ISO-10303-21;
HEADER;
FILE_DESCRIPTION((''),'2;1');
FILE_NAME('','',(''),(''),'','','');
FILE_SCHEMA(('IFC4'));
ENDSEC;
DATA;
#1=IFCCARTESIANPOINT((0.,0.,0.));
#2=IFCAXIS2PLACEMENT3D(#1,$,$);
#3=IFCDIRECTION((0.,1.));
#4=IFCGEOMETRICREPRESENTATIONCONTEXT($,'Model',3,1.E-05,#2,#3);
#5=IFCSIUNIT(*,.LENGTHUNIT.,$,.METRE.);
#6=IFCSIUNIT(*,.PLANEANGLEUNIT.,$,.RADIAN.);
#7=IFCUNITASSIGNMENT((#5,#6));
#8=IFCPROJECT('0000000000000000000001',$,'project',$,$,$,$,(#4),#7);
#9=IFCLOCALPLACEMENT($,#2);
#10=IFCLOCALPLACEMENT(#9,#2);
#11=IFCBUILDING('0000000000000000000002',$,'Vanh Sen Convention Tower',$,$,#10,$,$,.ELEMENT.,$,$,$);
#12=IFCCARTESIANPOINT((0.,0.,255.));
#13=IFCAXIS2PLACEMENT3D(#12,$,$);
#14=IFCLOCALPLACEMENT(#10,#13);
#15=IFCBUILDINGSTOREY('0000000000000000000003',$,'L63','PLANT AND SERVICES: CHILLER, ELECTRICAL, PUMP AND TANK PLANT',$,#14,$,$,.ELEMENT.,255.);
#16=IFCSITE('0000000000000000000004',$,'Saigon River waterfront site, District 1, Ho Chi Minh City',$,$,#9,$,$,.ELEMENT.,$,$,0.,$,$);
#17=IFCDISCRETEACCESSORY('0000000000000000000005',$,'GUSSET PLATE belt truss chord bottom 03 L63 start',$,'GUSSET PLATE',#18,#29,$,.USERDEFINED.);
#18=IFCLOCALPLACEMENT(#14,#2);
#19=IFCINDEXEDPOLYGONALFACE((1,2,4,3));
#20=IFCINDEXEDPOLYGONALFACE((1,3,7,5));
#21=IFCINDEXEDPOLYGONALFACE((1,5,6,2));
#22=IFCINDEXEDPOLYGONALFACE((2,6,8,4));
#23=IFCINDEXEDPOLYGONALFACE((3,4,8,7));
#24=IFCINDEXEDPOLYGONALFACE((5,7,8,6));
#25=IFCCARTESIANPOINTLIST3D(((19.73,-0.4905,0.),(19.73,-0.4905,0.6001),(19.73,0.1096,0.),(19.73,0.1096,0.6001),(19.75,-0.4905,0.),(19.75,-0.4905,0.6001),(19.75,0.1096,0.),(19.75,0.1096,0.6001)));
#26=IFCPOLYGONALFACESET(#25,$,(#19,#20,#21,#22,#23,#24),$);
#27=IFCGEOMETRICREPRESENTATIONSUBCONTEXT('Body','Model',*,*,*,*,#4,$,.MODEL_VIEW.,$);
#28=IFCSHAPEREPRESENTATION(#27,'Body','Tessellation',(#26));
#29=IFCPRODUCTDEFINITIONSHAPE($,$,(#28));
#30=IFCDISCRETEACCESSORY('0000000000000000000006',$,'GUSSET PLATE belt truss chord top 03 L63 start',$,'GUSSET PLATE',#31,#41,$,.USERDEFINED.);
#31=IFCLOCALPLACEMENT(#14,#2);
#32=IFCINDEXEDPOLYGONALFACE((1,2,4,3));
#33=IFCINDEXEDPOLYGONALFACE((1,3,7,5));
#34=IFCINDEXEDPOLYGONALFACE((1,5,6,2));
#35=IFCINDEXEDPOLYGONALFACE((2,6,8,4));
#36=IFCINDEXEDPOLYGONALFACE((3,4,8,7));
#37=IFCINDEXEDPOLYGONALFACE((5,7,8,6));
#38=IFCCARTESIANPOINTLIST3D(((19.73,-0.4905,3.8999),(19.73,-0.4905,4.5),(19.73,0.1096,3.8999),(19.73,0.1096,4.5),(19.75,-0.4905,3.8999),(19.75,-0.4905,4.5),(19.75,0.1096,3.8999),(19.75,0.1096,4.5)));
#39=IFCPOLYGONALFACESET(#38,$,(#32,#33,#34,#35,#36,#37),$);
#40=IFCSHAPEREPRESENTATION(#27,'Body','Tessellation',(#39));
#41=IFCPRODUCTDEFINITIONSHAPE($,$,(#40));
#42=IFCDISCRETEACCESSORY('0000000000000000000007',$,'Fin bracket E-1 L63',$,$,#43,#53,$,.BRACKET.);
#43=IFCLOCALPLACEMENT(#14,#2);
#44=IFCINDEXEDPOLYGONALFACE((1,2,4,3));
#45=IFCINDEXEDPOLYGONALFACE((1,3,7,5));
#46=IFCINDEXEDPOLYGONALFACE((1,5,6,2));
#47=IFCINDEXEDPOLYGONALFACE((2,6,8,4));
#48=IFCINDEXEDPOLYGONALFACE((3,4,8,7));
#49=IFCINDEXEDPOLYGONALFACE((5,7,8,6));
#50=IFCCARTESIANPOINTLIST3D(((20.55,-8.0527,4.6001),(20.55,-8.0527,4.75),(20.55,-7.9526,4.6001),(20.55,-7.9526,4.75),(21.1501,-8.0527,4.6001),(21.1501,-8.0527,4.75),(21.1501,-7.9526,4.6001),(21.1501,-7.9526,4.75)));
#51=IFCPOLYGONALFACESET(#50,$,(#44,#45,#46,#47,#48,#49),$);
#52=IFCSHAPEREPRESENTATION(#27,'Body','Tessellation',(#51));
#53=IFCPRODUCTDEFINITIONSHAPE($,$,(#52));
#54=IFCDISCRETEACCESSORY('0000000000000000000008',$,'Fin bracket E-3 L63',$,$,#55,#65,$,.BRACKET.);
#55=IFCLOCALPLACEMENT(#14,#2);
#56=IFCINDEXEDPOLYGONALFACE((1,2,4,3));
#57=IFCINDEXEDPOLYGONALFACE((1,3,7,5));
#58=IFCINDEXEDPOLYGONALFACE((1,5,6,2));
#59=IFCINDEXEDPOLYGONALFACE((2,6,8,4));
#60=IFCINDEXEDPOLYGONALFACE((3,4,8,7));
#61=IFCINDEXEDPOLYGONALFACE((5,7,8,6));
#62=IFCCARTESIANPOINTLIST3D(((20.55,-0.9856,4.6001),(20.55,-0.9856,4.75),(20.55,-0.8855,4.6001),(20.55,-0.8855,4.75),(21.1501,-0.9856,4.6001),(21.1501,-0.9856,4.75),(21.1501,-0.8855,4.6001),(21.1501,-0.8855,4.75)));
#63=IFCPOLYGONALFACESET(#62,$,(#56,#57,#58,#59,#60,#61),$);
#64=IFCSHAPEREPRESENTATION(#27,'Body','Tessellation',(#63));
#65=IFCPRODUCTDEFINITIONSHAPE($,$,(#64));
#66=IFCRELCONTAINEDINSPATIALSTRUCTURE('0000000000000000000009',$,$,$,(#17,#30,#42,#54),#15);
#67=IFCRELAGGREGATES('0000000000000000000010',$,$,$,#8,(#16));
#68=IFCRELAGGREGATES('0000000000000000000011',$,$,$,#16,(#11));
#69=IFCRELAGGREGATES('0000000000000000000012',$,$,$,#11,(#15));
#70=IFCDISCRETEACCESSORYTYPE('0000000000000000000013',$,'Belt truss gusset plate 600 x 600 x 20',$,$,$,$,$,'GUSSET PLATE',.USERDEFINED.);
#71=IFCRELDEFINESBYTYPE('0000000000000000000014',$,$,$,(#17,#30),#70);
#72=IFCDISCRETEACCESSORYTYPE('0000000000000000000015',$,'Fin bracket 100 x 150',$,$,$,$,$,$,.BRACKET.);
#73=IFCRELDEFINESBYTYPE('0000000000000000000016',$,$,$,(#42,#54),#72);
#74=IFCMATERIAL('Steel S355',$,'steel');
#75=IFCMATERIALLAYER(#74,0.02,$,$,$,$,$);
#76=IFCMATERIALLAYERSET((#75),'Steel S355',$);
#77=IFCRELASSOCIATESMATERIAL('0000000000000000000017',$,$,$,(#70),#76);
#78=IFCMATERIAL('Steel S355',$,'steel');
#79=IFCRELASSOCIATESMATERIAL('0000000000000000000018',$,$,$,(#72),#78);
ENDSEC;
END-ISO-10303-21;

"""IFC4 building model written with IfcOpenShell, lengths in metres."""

from ifc_helpers import new_model, si_unit, direction, frame, origin, origin_2d, place, context, subcontext, project, spatial, rectangle, extrude, material, layer, layer_set, type_object, element, save


model = new_model("IFC4")

# Units and contexts
model_context = context("Model", 3, precision=1e-05, world=origin(), true_north=direction((0.0, 1.0)))
body_context = subcontext(model_context, "Body", "Model", "MODEL_VIEW")
ifc_project = project(units=[si_unit("LENGTHUNIT", "METRE"), si_unit("PLANEANGLEUNIT", "RADIAN")], contexts=[model_context])

# Site, building, storey
site_placement = place(None, origin())
site = spatial("IfcSite", under=ifc_project, at=site_placement, Name="Saigon River waterfront site, District 1, Ho Chi Minh City", CompositionType="ELEMENT", RefElevation=0.0)
building_placement = place(site_placement, origin())
building = spatial("IfcBuilding", under=site, at=building_placement, Name="Vanh Sen Convention Tower", CompositionType="ELEMENT")
storey_placement = place(building_placement, frame((0.0, 0.0, 255.0)))
storey = spatial("IfcBuildingStorey", under=building, at=storey_placement, Name="L63", Description="PLANT AND SERVICES: CHILLER, ELECTRICAL, PUMP AND TANK PLANT", CompositionType="ELEMENT", Elevation=255.0)

# Shared definitions
ifc_material_1 = material(Name="Steel S355", Category="steel")

# Discrete accessories
ifc_layer_1 = layer(ifc_material_1, 0.02)
ifc_layer_set_1 = layer_set([ifc_layer_1], Name="Steel S355")
discrete_accessory_type_1 = type_object("IfcDiscreteAccessoryType", Name="Belt truss gusset plate 600 x 600 x 20", ElementType="GUSSET PLATE", PredefinedType="USERDEFINED", material=ifc_layer_set_1)
for number, where, z_axis, x_axis, name in (
    (1, (19.74, -0.1904, 0.0), (0.0, 0.0, 1.0), (0.0, 1.0, 0.0), "GUSSET PLATE belt truss chord bottom 03 L63 start"),
    (2, (19.74, -0.1904, 3.8999), (0.0, 0.0, 1.0), (0.0, 1.0, 0.0), "GUSSET PLATE belt truss chord top 03 L63 start"),
):
    element("IfcDiscreteAccessory", number, at=place(storey_placement, frame(where, z_axis=z_axis, x_axis=x_axis)), inside=storey, type_object=discrete_accessory_type_1, Name=name, ObjectType="GUSSET PLATE", PredefinedType="USERDEFINED", context=body_context, shape_type="SweptSolid", body=[
        extrude(rectangle(XDim=0.6001, YDim=0.02, at=origin_2d()), origin(), (0.0, 0.0, 1.0), 0.6001),
    ])
ifc_material_2 = material(Name="Steel S355", Category="steel")
discrete_accessory_type_2 = type_object("IfcDiscreteAccessoryType", Name="Fin bracket 100 x 150", PredefinedType="BRACKET", material=ifc_material_2)
for number, where, z_axis, x_axis, name in (
    (3, (20.8501, -8.0027, 4.6001), (0.0, 0.0, 1.0), (1.0, 0.0, 0.0), "Fin bracket E-1 L63"),
    (4, (20.8501, -0.9355, 4.6001), (0.0, 0.0, 1.0), (1.0, 0.0, 0.0), "Fin bracket E-3 L63"),
):
    element("IfcDiscreteAccessory", number, at=place(storey_placement, frame(where, z_axis=z_axis, x_axis=x_axis)), inside=storey, type_object=discrete_accessory_type_2, Name=name, PredefinedType="BRACKET", context=body_context, shape_type="SweptSolid", body=[
        extrude(rectangle(XDim=0.6001, YDim=0.1001, at=origin_2d()), origin(), (0.0, 0.0, 1.0), 0.1499),
    ])

save(model, "model.ifc")
